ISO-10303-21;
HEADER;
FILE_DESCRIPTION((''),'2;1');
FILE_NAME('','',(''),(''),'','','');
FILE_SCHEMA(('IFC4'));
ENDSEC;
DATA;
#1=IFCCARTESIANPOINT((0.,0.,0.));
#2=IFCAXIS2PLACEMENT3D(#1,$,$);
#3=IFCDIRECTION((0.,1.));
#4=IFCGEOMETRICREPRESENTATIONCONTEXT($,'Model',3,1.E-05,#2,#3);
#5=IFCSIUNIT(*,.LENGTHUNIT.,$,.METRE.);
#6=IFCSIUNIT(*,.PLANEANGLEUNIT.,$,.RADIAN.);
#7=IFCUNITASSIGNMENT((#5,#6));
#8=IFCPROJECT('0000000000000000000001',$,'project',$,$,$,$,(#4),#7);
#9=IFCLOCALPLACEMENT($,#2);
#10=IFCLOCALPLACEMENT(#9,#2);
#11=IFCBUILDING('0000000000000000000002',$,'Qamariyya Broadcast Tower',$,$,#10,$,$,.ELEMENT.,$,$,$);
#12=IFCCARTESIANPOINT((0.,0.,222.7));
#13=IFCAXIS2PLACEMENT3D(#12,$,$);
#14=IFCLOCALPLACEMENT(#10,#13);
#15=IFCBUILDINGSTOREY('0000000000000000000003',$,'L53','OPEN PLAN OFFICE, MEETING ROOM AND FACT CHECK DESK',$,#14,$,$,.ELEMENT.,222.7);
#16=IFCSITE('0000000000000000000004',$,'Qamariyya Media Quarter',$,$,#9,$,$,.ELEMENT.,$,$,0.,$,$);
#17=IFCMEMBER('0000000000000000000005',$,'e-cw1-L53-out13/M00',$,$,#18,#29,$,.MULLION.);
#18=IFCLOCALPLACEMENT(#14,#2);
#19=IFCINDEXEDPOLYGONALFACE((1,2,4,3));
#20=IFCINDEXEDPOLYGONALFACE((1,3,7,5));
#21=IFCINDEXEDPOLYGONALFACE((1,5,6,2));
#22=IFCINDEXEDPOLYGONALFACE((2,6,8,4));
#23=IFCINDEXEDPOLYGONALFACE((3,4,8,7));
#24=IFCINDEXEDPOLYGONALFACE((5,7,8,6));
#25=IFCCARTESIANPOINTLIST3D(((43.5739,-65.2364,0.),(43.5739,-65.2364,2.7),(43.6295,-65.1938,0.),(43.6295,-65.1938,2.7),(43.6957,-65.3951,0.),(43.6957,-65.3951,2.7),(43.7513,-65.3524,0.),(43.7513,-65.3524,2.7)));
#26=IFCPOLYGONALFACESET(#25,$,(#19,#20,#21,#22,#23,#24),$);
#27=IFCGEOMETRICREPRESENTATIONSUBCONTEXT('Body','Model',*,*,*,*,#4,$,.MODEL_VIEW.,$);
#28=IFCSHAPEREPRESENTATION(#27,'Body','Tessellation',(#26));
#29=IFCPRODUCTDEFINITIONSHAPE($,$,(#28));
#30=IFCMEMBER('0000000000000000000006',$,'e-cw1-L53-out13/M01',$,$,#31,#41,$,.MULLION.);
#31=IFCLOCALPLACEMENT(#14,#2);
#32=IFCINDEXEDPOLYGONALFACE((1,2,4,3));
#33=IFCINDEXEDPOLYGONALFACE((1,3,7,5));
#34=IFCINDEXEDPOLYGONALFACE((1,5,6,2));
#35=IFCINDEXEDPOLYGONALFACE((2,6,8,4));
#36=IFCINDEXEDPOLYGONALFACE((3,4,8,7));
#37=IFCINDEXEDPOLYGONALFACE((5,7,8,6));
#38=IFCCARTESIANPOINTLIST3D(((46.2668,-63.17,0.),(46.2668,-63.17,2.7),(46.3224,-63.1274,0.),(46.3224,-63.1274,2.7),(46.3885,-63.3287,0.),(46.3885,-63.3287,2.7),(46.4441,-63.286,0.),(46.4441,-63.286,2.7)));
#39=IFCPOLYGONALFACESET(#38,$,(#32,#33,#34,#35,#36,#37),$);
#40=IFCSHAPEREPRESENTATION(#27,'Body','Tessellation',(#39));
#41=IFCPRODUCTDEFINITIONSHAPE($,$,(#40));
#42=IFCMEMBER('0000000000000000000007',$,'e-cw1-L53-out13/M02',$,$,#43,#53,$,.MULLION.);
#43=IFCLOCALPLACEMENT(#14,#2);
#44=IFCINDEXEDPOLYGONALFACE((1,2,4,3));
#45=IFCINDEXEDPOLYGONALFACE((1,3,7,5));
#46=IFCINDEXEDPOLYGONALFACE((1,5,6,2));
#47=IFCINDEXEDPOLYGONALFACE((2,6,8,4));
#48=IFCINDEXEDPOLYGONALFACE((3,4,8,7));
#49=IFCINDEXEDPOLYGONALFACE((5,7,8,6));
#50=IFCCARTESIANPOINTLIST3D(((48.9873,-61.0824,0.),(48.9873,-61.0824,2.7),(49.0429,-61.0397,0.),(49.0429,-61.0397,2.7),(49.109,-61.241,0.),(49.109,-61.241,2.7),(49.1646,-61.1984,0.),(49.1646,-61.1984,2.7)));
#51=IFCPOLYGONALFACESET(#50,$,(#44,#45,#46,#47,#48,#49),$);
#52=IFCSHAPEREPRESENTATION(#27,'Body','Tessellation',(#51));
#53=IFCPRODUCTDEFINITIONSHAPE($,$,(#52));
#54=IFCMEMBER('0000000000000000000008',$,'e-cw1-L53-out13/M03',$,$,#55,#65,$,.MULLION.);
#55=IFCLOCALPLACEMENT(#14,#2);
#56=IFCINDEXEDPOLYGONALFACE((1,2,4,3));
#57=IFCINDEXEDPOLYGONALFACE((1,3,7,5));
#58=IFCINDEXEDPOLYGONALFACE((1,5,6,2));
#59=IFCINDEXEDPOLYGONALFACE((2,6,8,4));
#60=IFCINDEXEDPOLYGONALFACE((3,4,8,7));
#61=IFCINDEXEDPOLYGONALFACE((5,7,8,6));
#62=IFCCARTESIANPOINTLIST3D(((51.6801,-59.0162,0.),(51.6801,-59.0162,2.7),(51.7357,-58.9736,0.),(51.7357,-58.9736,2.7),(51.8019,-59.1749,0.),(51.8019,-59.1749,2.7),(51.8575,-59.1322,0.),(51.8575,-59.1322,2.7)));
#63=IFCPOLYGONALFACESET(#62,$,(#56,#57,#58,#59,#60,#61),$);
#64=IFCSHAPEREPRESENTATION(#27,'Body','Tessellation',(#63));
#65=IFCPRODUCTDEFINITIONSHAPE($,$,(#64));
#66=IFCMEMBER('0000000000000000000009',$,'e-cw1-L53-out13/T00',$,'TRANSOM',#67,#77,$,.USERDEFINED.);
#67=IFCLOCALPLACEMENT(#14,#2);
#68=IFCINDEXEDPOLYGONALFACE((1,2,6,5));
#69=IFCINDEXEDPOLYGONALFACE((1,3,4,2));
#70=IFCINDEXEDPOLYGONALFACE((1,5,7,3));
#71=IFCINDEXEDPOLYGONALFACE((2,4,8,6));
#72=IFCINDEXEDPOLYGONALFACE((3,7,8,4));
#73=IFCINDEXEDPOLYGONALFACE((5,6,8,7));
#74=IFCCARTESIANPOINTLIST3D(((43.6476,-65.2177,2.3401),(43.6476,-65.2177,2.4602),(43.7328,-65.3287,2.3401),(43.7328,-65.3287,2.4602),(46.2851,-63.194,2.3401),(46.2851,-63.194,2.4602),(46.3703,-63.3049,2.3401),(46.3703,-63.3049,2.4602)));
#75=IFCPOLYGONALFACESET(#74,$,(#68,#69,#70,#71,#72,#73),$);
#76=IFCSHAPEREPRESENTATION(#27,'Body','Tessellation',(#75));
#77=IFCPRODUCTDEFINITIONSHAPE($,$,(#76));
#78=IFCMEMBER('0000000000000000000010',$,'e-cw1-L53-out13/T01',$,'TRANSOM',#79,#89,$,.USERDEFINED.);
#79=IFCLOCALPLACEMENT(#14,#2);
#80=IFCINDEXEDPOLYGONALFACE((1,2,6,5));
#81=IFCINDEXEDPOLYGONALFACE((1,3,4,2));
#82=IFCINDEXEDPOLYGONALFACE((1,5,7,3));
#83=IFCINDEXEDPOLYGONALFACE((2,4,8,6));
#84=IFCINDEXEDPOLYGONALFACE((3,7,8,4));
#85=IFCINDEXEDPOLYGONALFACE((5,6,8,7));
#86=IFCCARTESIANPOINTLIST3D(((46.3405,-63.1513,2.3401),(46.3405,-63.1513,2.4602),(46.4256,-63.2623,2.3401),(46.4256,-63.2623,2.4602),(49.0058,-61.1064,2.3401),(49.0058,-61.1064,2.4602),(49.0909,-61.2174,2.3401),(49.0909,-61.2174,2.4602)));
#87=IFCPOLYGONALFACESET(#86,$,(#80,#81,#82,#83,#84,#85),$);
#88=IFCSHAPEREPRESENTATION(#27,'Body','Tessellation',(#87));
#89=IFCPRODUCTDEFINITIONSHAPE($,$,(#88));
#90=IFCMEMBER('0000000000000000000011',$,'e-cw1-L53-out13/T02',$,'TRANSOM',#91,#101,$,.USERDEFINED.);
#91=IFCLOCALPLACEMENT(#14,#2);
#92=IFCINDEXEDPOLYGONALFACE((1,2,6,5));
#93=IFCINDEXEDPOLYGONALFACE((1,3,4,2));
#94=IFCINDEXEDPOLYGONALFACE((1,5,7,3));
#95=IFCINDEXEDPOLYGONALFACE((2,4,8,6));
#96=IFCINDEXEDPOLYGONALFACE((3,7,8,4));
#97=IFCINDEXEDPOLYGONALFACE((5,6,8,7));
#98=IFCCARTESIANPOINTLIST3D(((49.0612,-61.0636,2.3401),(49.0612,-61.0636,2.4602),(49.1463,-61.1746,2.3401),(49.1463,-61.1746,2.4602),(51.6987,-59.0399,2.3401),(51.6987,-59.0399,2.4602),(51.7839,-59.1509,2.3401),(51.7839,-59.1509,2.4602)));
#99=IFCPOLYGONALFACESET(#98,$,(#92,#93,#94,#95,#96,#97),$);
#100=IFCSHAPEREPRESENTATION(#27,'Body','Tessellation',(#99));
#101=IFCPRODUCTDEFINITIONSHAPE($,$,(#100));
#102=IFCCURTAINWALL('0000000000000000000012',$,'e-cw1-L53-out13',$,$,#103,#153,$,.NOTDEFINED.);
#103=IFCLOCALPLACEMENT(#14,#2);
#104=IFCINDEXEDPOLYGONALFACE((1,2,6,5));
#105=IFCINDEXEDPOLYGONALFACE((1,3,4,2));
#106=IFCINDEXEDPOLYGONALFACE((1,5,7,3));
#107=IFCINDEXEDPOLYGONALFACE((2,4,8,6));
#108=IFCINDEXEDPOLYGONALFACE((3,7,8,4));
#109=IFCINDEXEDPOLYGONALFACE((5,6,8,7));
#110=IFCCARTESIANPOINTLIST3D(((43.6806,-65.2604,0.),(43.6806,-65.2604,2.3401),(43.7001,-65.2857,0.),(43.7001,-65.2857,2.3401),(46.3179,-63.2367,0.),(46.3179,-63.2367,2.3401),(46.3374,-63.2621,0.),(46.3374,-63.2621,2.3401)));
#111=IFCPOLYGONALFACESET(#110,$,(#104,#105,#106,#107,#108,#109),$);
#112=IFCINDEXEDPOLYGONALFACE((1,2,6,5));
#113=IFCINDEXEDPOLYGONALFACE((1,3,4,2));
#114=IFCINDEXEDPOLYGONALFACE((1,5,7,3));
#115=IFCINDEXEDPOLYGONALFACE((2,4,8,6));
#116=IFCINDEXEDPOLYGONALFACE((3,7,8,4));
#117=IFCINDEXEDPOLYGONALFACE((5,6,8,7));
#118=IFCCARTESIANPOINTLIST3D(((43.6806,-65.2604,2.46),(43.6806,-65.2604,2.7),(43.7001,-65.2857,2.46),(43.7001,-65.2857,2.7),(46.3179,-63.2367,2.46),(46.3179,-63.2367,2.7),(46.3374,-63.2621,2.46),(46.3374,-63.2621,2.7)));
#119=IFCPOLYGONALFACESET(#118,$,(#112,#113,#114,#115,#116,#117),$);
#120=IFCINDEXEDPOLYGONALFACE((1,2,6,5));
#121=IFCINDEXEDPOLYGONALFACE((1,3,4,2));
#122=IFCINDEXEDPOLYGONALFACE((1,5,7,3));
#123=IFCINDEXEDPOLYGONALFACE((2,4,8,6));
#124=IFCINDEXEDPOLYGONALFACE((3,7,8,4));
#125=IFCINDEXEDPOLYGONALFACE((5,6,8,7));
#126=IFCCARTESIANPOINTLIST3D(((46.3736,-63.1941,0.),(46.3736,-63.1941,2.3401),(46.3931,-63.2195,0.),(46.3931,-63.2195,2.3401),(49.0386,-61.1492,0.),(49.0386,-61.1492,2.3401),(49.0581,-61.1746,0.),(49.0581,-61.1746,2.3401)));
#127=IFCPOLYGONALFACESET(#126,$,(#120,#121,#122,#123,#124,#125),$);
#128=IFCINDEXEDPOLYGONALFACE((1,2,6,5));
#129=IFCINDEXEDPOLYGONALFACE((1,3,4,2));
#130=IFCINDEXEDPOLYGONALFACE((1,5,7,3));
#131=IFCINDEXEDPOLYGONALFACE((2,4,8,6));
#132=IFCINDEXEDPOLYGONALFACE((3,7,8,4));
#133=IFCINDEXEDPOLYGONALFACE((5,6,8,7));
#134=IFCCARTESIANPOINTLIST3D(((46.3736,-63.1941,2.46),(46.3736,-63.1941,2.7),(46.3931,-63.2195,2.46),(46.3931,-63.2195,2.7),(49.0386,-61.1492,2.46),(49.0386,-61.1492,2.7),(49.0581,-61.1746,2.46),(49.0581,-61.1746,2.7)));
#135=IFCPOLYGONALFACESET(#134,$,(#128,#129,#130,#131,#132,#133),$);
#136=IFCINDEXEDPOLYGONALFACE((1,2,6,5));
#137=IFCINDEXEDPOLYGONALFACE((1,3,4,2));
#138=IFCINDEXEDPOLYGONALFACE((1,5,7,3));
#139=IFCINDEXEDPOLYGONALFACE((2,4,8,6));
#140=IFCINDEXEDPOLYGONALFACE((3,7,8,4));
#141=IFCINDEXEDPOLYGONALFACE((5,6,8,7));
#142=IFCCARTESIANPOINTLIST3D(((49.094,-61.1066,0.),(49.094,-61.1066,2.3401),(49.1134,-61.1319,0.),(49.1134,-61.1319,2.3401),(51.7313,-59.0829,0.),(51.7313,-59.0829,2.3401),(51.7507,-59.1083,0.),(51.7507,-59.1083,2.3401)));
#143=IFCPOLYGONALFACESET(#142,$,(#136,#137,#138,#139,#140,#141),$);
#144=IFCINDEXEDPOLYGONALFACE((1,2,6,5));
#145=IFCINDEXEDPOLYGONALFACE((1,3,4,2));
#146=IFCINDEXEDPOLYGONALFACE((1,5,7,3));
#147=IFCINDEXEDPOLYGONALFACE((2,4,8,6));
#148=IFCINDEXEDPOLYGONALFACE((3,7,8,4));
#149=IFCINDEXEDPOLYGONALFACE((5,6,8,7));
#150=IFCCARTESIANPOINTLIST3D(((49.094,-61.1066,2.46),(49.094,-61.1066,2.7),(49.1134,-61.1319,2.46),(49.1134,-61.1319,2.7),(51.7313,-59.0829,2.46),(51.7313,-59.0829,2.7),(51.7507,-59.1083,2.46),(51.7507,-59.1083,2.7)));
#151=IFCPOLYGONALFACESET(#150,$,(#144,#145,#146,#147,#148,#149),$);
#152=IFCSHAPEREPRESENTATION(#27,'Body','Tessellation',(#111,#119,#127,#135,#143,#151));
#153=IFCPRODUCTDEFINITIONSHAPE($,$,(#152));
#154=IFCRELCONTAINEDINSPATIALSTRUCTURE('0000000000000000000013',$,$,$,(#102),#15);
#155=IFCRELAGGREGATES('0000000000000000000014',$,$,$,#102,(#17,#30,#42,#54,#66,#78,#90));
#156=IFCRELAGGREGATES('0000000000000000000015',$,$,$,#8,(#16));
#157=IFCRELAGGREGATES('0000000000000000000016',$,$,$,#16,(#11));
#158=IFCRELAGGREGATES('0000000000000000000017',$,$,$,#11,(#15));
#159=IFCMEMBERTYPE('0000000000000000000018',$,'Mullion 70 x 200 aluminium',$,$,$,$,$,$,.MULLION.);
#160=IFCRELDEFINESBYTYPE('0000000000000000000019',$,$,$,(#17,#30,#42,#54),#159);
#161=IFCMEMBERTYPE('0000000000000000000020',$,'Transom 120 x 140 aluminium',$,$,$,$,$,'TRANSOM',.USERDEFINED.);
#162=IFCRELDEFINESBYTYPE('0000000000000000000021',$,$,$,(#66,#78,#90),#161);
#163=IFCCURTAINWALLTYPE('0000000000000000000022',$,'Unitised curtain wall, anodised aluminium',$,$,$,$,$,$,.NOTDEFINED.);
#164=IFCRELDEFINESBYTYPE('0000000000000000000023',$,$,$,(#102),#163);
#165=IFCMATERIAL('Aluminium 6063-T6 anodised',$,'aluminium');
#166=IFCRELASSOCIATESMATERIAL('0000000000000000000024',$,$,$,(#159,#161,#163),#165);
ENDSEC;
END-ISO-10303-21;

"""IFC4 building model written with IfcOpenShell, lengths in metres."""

from ifc_helpers import new_model, si_unit, direction, frame, origin, origin_2d, place, context, subcontext, project, spatial, rectangle, extrude, material, material_profile, profile_set, type_object, element, aggregate, save


model = new_model("IFC4")

# Units and contexts
model_context = context("Model", 3, precision=1e-05, world=origin(), true_north=direction((0.0, 1.0)))
body_context = subcontext(model_context, "Body", "Model", "MODEL_VIEW")
ifc_project = project(units=[si_unit("LENGTHUNIT", "METRE"), si_unit("PLANEANGLEUNIT", "RADIAN")], contexts=[model_context])

# Members
ifc_material = material(Name="Aluminium 6063-T6 anodised", Category="aluminium")
ifc_material_profile_1 = material_profile(ifc_material, rectangle(XDim=0.2, YDim=0.0701, at=origin_2d()))
ifc_profile_set_1 = profile_set([ifc_material_profile_1], Name="Aluminium 6063-T6 anodised")
member_type_1 = type_object("IfcMemberType", Name="Mullion 70 x 200 aluminium", PredefinedType="MULLION", material=ifc_profile_set_1)
site_placement = place(None, origin())
building_placement = place(site_placement, origin())
storey_placement = place(building_placement, frame((0.0, 0.0, 222.7)))
member_1_placement = place(storey_placement, frame((43.6626, -65.2944, 0.0), z_axis=(0.0, 0.0, 1.0), x_axis=(-0.608761, 0.793353, 0.0)))
member_1 = element("IfcMember", 1, at=member_1_placement, type_object=member_type_1, Name="e-cw1-L53-out13/M00", PredefinedType="MULLION", context=body_context, shape_type="SweptSolid", body=[
    extrude(rectangle(XDim=0.2, YDim=0.0701, at=origin_2d()), origin(), (0.0, 0.0, 1.0), 2.7),
])
member_2_placement = place(storey_placement, frame((46.3555, -63.228, 0.0), z_axis=(0.0, 0.0, 1.0), x_axis=(-0.608761, 0.793353, 0.0)))
member_2 = element("IfcMember", 2, at=member_2_placement, type_object=member_type_1, Name="e-cw1-L53-out13/M01", PredefinedType="MULLION", context=body_context, shape_type="SweptSolid", body=[
    extrude(rectangle(XDim=0.2, YDim=0.0701, at=origin_2d()), origin(), (0.0, 0.0, 1.0), 2.7),
])
member_3_placement = place(storey_placement, frame((49.0759, -61.1404, 0.0), z_axis=(0.0, 0.0, 1.0), x_axis=(-0.608761, 0.793353, 0.0)))
member_3 = element("IfcMember", 3, at=member_3_placement, type_object=member_type_1, Name="e-cw1-L53-out13/M02", PredefinedType="MULLION", context=body_context, shape_type="SweptSolid", body=[
    extrude(rectangle(XDim=0.2, YDim=0.0701, at=origin_2d()), origin(), (0.0, 0.0, 1.0), 2.7),
])
member_4_placement = place(storey_placement, frame((51.7688, -59.0742, 0.0), z_axis=(0.0, 0.0, 1.0), x_axis=(-0.608761, 0.793353, 0.0)))
member_4 = element("IfcMember", 4, at=member_4_placement, type_object=member_type_1, Name="e-cw1-L53-out13/M03", PredefinedType="MULLION", context=body_context, shape_type="SweptSolid", body=[
    extrude(rectangle(XDim=0.2, YDim=0.0701, at=origin_2d()), origin(), (0.0, 0.0, 1.0), 2.7),
])
ifc_material_profile_2 = material_profile(ifc_material, rectangle(XDim=0.1399, YDim=0.1201, at=origin_2d()))
ifc_profile_set_2 = profile_set([ifc_material_profile_2], Name="Aluminium 6063-T6 anodised")
member_type_2 = type_object("IfcMemberType", Name="Transom 120 x 140 aluminium", ElementType="TRANSOM", PredefinedType="USERDEFINED", material=ifc_profile_set_2)
member_5_placement = place(storey_placement, frame((43.6902, -65.2732, 2.4001), z_axis=(0.793369, 0.608741, 0.0), x_axis=(-0.608741, 0.793369, 0.0)))
member_5 = element("IfcMember", 5, at=member_5_placement, type_object=member_type_2, Name="e-cw1-L53-out13/T00", ObjectType="TRANSOM", PredefinedType="USERDEFINED", context=body_context, shape_type="SweptSolid", body=[
    extrude(rectangle(XDim=0.1399, YDim=0.1201, at=origin_2d()), origin(), (0.0, 0.0, 1.0), 3.3245),
])
member_6_placement = place(storey_placement, frame((46.3831, -63.2068, 2.4001), z_axis=(0.793385, 0.60872, 0.0), x_axis=(-0.60872, 0.793385, 0.0)))
member_6 = element("IfcMember", 6, at=member_6_placement, type_object=member_type_2, Name="e-cw1-L53-out13/T01", ObjectType="TRANSOM", PredefinedType="USERDEFINED", context=body_context, shape_type="SweptSolid", body=[
    extrude(rectangle(XDim=0.1399, YDim=0.1201, at=origin_2d()), origin(), (0.0, 0.0, 1.0), 3.3594),
])
member_7_placement = place(storey_placement, frame((49.1038, -61.1191, 2.4001), z_axis=(0.793369, 0.608741, 0.0), x_axis=(-0.608741, 0.793369, 0.0)))
member_7 = element("IfcMember", 7, at=member_7_placement, type_object=member_type_2, Name="e-cw1-L53-out13/T02", ObjectType="TRANSOM", PredefinedType="USERDEFINED", context=body_context, shape_type="SweptSolid", body=[
    extrude(rectangle(XDim=0.1399, YDim=0.1201, at=origin_2d()), origin(), (0.0, 0.0, 1.0), 3.3245),
])

# Site, building, storey
site = spatial("IfcSite", under=ifc_project, at=site_placement, Name="Qamariyya Media Quarter", CompositionType="ELEMENT", RefElevation=0.0)
building = spatial("IfcBuilding", under=site, at=building_placement, Name="Qamariyya Broadcast Tower", CompositionType="ELEMENT")
storey = spatial("IfcBuildingStorey", under=building, at=storey_placement, Name="L53", Description="OPEN PLAN OFFICE, MEETING ROOM AND FACT CHECK DESK", CompositionType="ELEMENT", Elevation=222.7)

# Curtain wall
curtain_wall_type = type_object("IfcCurtainWallType", Name="Unitised curtain wall, anodised aluminium", PredefinedType="NOTDEFINED", material=ifc_material)
curtain_wall_1_placement = place(storey_placement, origin())
curtain_wall_1 = element("IfcCurtainWall", 8, at=curtain_wall_1_placement, inside=storey, type_object=curtain_wall_type, Name="e-cw1-L53-out13", PredefinedType="NOTDEFINED", context=body_context, shape_type="SweptSolid", body=[
    extrude(rectangle(XDim=3.3242, YDim=0.032, at=origin_2d()), frame((45.009, -64.2612, 0.0), x_axis=(0.793359, 0.608754, 0.0)), (0.0, 0.0, 1.0), 2.3401),
    extrude(rectangle(XDim=3.3242, YDim=0.032, at=origin_2d()), frame((45.009, -64.2612, 2.46), x_axis=(0.793359, 0.608754, 0.0)), (0.0, 0.0, 1.0), 0.24),
    extrude(rectangle(XDim=3.3591, YDim=0.032, at=origin_2d()), frame((47.7158, -62.1843, 0.0), x_axis=(0.793359, 0.608754, 0.0)), (0.0, 0.0, 1.0), 2.3401),
    extrude(rectangle(XDim=3.3591, YDim=0.032, at=origin_2d()), frame((47.7158, -62.1843, 2.46), x_axis=(0.793359, 0.608754, 0.0)), (0.0, 0.0, 1.0), 0.24),
    extrude(rectangle(XDim=3.3242, YDim=0.032, at=origin_2d()), frame((50.4224, -60.1074, 0.0), x_axis=(0.793359, 0.608754, 0.0)), (0.0, 0.0, 1.0), 2.3401),
    extrude(rectangle(XDim=3.3242, YDim=0.032, at=origin_2d()), frame((50.4224, -60.1074, 2.46), x_axis=(0.793359, 0.608754, 0.0)), (0.0, 0.0, 1.0), 0.24),
])
aggregate(curtain_wall_1, [member_1, member_2, member_3, member_4, member_5, member_6, member_7])

save(model, "model.ifc")
